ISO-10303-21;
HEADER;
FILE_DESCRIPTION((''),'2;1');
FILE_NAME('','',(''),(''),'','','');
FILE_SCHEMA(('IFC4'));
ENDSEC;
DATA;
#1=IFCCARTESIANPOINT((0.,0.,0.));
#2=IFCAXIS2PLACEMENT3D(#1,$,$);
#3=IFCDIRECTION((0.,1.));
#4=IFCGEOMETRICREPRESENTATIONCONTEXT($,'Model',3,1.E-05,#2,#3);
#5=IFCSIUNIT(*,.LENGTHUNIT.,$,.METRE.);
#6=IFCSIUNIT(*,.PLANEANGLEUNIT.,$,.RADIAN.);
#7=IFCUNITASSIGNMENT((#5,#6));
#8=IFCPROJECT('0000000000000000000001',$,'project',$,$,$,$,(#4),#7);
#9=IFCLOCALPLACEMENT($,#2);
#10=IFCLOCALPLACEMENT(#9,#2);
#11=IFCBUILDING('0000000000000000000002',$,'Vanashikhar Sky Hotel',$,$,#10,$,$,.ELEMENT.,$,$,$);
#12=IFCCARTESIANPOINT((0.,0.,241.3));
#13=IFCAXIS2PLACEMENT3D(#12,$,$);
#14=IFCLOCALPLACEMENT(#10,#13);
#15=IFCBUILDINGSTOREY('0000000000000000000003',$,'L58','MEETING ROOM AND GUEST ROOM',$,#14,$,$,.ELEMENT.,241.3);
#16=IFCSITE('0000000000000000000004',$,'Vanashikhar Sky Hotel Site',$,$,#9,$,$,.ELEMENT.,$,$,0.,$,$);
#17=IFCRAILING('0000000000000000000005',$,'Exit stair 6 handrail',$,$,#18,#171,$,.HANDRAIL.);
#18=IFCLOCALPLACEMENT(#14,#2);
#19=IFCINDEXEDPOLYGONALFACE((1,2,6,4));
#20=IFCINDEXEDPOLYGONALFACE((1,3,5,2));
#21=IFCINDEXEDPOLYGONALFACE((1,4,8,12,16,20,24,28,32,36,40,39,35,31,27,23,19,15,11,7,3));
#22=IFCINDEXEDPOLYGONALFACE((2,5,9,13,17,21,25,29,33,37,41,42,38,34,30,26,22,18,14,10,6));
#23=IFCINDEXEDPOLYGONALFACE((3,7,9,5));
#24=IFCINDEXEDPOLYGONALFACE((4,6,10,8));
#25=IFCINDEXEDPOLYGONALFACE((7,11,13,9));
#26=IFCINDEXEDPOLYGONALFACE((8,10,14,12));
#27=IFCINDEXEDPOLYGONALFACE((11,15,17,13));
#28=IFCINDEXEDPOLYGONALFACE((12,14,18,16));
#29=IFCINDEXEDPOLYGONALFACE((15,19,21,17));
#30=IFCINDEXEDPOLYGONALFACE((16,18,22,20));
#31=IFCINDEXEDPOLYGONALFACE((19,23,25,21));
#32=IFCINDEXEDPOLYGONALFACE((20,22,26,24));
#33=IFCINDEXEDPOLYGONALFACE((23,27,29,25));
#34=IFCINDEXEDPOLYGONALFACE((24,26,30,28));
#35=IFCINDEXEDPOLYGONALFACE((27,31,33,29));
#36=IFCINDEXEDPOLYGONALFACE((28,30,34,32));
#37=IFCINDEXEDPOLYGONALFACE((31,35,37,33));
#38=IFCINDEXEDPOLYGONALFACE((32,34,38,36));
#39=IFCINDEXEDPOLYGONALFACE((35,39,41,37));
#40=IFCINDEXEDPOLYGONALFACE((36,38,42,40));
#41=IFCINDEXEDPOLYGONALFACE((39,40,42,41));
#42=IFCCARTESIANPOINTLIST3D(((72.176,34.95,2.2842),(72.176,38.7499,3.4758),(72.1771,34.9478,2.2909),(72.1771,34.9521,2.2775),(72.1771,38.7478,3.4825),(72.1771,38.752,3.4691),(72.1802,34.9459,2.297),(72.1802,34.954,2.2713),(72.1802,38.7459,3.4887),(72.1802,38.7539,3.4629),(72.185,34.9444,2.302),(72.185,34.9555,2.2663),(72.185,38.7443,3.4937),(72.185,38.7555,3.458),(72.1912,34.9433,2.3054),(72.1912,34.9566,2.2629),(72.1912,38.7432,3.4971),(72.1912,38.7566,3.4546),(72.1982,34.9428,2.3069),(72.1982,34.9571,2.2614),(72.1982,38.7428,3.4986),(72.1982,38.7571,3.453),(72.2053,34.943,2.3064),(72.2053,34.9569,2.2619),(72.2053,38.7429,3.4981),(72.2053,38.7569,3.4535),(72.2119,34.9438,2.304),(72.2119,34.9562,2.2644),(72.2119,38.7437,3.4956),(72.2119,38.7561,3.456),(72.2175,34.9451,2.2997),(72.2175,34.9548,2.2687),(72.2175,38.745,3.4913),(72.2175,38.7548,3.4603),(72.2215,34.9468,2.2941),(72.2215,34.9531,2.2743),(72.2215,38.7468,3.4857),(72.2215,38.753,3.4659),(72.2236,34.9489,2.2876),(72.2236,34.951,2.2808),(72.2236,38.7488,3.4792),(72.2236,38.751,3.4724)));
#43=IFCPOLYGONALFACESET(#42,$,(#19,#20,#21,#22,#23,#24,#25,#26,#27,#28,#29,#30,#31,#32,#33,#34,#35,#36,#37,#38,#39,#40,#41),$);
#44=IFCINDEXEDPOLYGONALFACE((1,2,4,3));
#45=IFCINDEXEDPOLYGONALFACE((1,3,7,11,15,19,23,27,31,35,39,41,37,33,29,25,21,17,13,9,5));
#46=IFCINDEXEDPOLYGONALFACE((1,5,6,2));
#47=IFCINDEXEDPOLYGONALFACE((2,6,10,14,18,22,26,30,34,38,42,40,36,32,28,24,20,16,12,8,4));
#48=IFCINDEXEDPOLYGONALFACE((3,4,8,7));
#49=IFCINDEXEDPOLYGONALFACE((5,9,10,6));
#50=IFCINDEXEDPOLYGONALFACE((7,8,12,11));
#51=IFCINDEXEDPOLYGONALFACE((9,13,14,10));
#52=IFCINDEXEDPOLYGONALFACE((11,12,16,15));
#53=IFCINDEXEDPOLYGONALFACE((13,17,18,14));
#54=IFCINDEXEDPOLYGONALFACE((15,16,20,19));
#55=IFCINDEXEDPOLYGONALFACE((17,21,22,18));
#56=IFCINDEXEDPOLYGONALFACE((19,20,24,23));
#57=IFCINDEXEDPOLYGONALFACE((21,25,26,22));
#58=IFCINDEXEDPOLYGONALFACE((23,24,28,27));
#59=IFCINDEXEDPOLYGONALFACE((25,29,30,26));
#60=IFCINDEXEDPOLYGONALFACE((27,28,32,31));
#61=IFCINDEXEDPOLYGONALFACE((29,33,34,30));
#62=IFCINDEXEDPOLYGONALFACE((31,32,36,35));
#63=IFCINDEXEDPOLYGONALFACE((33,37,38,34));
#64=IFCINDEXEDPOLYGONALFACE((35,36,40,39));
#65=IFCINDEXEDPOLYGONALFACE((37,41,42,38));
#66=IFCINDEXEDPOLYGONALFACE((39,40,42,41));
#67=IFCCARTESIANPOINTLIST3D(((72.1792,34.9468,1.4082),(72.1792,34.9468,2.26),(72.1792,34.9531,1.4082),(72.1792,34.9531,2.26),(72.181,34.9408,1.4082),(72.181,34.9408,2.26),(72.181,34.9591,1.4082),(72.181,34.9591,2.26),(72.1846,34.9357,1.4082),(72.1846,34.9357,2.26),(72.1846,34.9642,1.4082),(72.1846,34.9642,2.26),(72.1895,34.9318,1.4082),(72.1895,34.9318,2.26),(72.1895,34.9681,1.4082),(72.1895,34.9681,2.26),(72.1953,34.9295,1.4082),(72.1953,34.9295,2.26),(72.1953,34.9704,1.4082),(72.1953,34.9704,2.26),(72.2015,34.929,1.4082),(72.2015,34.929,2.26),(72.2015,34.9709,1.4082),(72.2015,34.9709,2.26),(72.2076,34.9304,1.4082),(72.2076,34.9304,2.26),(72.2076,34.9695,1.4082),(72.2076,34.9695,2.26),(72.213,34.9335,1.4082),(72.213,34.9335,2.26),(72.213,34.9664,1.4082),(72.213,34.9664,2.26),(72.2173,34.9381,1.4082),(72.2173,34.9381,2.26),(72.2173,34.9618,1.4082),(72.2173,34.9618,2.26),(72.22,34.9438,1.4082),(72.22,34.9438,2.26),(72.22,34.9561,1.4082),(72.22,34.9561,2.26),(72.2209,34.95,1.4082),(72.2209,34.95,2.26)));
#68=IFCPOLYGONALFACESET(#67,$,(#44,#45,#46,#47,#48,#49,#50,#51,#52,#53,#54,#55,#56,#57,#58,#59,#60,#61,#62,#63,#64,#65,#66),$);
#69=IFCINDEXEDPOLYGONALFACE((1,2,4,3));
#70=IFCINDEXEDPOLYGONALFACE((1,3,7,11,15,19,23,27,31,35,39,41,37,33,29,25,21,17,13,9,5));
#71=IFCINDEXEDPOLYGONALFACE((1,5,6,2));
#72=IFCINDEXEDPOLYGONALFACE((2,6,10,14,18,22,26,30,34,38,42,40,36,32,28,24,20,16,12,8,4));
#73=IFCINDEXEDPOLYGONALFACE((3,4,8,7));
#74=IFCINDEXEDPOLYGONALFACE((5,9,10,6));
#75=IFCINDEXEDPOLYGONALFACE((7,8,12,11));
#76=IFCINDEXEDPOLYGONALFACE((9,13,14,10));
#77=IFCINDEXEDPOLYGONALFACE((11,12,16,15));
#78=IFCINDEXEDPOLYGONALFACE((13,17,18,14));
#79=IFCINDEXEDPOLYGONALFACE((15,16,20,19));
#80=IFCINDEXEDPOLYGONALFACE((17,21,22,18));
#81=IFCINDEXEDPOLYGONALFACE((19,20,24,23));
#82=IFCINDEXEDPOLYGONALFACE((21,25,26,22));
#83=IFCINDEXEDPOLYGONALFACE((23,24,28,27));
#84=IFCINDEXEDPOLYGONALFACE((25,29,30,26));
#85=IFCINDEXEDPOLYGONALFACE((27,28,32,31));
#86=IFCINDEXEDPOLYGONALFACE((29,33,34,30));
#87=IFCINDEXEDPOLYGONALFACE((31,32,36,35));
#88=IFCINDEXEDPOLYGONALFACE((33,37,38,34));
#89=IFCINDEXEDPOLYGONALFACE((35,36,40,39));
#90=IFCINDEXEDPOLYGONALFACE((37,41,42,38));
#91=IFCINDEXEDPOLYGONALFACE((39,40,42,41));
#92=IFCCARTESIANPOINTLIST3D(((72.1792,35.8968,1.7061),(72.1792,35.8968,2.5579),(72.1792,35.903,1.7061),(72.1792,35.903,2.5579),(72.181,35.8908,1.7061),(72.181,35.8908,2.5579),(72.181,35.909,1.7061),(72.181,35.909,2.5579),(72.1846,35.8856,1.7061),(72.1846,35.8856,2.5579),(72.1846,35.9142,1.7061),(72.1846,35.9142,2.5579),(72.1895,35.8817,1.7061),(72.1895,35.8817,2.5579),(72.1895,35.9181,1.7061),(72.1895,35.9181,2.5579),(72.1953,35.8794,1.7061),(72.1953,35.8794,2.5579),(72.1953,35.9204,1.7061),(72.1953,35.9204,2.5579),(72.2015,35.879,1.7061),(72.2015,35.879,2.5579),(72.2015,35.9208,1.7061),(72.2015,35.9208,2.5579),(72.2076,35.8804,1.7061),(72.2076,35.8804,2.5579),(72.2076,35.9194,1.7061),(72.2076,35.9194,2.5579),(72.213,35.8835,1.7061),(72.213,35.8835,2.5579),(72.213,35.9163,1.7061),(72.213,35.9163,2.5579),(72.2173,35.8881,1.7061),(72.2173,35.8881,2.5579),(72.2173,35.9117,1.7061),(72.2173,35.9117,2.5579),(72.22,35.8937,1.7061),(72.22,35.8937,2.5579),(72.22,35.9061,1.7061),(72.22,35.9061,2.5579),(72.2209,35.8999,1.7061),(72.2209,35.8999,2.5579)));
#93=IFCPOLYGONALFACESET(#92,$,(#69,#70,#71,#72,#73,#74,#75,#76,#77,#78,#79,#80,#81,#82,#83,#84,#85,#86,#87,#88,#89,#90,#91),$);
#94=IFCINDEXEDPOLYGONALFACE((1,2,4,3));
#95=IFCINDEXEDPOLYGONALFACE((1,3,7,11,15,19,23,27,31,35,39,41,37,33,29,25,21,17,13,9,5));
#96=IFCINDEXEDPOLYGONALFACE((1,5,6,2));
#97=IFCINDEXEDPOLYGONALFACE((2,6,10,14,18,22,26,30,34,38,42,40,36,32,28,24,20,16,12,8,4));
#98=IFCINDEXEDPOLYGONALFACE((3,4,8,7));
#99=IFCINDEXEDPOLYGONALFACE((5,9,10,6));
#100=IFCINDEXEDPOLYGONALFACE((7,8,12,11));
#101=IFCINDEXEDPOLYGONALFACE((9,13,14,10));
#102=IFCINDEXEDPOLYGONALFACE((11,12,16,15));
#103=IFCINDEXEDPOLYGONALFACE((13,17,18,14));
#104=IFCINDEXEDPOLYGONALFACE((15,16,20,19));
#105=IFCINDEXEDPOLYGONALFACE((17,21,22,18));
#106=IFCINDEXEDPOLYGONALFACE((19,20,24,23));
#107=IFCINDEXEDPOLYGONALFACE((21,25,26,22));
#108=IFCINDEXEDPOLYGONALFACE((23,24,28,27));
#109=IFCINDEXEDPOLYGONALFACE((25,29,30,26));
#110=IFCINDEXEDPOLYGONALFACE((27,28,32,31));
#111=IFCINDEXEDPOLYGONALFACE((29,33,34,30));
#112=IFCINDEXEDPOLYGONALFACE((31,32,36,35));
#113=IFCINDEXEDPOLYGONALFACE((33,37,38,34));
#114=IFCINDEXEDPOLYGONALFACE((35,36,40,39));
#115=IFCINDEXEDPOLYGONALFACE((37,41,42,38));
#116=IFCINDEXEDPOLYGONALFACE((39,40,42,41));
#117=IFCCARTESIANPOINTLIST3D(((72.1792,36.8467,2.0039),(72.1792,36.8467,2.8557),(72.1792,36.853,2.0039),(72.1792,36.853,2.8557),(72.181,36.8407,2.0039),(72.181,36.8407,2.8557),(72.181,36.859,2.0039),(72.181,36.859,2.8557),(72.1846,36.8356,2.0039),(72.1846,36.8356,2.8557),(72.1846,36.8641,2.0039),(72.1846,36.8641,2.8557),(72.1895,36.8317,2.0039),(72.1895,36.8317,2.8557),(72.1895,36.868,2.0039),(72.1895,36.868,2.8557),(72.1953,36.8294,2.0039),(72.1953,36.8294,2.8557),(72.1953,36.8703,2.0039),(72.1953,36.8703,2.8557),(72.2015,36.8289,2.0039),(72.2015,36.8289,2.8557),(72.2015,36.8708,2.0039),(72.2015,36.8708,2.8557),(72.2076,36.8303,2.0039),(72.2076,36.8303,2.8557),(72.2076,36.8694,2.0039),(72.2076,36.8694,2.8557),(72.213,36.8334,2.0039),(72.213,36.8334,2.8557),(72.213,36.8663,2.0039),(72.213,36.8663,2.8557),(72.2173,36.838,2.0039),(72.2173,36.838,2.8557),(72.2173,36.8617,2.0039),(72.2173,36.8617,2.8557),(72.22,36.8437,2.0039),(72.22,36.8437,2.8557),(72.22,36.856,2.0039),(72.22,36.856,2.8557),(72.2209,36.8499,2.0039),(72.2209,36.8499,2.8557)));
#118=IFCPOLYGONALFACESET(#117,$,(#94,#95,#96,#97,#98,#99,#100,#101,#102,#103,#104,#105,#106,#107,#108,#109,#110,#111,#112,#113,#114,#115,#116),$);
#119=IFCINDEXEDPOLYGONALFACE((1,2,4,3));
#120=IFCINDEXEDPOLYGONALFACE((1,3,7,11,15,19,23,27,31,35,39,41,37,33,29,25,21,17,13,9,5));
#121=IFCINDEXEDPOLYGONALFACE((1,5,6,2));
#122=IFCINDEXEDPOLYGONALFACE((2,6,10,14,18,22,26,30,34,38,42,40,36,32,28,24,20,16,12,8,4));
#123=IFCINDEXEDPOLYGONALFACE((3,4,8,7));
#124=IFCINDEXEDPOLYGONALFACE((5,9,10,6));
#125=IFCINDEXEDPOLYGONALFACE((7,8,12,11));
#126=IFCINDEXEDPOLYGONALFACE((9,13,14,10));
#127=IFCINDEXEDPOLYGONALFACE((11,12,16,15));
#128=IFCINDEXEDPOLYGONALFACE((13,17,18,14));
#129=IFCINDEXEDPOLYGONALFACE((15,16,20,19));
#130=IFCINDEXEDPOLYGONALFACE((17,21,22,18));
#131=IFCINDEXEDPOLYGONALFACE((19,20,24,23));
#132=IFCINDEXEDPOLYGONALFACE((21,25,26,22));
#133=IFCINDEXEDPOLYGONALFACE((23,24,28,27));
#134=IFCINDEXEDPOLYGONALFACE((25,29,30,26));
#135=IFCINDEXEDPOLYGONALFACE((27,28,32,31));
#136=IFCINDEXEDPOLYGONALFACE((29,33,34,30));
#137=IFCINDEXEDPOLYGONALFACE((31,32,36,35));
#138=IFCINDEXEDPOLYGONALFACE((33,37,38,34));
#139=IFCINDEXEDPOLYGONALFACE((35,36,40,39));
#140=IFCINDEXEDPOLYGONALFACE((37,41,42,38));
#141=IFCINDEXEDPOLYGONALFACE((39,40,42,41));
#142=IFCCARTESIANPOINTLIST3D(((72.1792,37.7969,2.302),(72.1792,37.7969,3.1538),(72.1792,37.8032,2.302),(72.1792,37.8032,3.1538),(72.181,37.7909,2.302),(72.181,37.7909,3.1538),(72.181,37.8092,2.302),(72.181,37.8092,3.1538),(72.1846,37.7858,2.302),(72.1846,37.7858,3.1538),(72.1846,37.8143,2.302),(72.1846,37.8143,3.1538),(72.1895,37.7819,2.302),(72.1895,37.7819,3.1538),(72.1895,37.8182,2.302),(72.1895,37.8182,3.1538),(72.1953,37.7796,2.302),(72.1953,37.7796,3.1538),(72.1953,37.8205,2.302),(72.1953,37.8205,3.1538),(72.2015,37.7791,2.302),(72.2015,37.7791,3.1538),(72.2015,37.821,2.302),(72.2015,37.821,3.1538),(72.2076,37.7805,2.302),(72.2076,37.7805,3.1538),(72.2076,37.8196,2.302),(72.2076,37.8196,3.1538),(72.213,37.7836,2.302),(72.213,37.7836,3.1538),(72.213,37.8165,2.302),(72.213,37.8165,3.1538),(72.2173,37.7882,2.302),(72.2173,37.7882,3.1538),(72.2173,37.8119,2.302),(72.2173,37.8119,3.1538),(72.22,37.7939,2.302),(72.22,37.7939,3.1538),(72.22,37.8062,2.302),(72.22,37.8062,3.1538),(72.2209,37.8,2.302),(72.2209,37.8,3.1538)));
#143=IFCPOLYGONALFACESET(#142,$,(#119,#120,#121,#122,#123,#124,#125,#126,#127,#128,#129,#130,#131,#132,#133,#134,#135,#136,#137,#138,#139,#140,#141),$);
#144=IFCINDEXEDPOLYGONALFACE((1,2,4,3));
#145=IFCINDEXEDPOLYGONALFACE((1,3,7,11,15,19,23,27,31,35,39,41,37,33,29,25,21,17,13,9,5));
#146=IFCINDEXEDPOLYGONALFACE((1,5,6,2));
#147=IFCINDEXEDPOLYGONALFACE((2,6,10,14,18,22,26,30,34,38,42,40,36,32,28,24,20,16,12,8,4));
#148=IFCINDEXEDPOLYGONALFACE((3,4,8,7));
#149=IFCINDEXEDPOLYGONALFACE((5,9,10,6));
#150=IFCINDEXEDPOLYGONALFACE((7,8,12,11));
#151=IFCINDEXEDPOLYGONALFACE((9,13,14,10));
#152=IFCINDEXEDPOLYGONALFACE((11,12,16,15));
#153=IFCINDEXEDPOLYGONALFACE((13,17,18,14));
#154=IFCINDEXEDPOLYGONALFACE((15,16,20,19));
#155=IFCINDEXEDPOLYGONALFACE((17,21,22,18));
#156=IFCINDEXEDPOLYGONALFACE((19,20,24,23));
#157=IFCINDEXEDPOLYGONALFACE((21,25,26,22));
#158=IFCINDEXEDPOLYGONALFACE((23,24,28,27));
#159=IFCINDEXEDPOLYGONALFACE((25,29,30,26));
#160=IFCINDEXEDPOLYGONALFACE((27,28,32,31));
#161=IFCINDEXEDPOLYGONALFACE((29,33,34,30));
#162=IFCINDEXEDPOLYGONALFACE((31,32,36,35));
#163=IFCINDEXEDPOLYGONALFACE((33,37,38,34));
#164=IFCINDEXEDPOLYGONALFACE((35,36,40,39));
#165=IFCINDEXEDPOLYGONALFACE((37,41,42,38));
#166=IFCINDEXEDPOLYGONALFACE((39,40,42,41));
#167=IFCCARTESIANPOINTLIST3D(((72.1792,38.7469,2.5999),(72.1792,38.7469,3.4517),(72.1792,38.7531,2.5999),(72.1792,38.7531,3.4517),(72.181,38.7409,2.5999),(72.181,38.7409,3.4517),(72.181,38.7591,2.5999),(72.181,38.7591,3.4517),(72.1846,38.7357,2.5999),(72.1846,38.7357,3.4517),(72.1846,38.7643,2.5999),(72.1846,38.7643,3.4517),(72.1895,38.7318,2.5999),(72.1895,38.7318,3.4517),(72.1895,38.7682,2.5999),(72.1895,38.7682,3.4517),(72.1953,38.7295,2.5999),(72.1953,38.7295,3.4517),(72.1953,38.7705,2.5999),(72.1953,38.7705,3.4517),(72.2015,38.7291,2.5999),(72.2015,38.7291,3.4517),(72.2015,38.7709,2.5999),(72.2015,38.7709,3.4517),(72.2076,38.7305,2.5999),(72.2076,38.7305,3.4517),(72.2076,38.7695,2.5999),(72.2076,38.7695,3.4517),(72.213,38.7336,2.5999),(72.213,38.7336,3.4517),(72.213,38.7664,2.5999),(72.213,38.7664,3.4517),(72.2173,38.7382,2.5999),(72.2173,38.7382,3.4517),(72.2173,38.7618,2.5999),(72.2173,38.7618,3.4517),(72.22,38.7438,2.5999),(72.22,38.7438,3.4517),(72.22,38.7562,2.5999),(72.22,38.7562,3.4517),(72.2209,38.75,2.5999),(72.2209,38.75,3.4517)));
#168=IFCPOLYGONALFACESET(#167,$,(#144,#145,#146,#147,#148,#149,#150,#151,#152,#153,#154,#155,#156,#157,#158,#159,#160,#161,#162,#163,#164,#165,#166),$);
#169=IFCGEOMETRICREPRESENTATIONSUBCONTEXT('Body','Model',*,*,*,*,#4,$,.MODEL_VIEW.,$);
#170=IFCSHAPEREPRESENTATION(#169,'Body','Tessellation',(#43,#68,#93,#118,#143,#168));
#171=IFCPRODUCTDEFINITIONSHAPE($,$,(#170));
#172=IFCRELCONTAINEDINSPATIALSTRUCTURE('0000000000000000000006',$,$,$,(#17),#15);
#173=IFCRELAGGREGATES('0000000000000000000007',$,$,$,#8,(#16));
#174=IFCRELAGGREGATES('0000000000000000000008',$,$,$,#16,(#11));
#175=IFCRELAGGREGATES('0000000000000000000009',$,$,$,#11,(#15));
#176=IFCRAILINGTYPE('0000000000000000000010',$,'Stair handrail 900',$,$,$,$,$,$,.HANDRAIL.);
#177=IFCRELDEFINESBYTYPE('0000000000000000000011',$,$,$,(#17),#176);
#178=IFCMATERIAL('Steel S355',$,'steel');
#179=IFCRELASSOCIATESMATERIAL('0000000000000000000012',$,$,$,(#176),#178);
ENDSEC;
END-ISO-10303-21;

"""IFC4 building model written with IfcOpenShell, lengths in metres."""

from ifc_helpers import new_model, si_unit, direction, frame, origin, origin_2d, place, context, subcontext, project, spatial, circle, extrude, source, transform, mapped, material, type_object, element, save


model = new_model("IFC4")

# Units and contexts
model_context = context("Model", 3, precision=1e-05, world=origin(), true_north=direction((0.0, 1.0)))
body_context = subcontext(model_context, "Body", "Model", "MODEL_VIEW")
ifc_project = project(units=[si_unit("LENGTHUNIT", "METRE"), si_unit("PLANEANGLEUNIT", "RADIAN")], contexts=[model_context])

# Site, building, storey
site_placement = place(None, origin())
site = spatial("IfcSite", under=ifc_project, at=site_placement, Name="Vanashikhar Sky Hotel Site", CompositionType="ELEMENT", RefElevation=0.0)
building_placement = place(site_placement, origin())
building = spatial("IfcBuilding", under=site, at=building_placement, Name="Vanashikhar Sky Hotel", CompositionType="ELEMENT")
storey_placement = place(building_placement, frame((0.0, 0.0, 241.3)))
storey = spatial("IfcBuildingStorey", under=building, at=storey_placement, Name="L58", Description="MEETING ROOM AND GUEST ROOM", CompositionType="ELEMENT", Elevation=241.3)

# Railing
ifc_material_1 = material(Name="Steel S355", Category="steel")
railing_type_1 = type_object("IfcRailingType", Name="Stair handrail 900", PredefinedType="HANDRAIL", material=ifc_material_1)
shared_shape_1 = source(origin(), body_context, "Body", "SweptSolid", [
    extrude(circle(Radius=0.0239, at=origin_2d()), frame((0.0, 0.0, 0.876), z_axis=(0.0, 0.954184, 0.299221), x_axis=(-1.0, 0.0, 0.0)), (0.0, 0.0, 1.0), 3.9824),
    extrude(circle(Radius=0.021, at=origin_2d()), origin(), (0.0, 0.0, 1.0), 0.8518),
    extrude(circle(Radius=0.021, at=origin_2d()), frame((0.0, 0.95, 0.2979)), (0.0, 0.0, 1.0), 0.8518),
    extrude(circle(Radius=0.021, at=origin_2d()), frame((0.0, 1.8999, 0.5957)), (0.0, 0.0, 1.0), 0.8518),
    extrude(circle(Radius=0.021, at=origin_2d()), frame((0.0, 2.8501, 0.8938)), (0.0, 0.0, 1.0), 0.8518),
    extrude(circle(Radius=0.021, at=origin_2d()), frame((0.0, 3.8, 1.1917)), (0.0, 0.0, 1.0), 0.8518),
])
railing_1_placement = place(storey_placement, frame((72.2, 34.95, 1.4082)))
element("IfcRailing", 1, at=railing_1_placement, inside=storey, type_object=railing_type_1, Name="Exit stair 6 handrail", PredefinedType="HANDRAIL", context=body_context, shape_type="MappedRepresentation", body=[
    mapped(shared_shape_1, transform((0.0, 0.0, 0.0), scale=1.0)),
])

save(model, "model.ifc")
